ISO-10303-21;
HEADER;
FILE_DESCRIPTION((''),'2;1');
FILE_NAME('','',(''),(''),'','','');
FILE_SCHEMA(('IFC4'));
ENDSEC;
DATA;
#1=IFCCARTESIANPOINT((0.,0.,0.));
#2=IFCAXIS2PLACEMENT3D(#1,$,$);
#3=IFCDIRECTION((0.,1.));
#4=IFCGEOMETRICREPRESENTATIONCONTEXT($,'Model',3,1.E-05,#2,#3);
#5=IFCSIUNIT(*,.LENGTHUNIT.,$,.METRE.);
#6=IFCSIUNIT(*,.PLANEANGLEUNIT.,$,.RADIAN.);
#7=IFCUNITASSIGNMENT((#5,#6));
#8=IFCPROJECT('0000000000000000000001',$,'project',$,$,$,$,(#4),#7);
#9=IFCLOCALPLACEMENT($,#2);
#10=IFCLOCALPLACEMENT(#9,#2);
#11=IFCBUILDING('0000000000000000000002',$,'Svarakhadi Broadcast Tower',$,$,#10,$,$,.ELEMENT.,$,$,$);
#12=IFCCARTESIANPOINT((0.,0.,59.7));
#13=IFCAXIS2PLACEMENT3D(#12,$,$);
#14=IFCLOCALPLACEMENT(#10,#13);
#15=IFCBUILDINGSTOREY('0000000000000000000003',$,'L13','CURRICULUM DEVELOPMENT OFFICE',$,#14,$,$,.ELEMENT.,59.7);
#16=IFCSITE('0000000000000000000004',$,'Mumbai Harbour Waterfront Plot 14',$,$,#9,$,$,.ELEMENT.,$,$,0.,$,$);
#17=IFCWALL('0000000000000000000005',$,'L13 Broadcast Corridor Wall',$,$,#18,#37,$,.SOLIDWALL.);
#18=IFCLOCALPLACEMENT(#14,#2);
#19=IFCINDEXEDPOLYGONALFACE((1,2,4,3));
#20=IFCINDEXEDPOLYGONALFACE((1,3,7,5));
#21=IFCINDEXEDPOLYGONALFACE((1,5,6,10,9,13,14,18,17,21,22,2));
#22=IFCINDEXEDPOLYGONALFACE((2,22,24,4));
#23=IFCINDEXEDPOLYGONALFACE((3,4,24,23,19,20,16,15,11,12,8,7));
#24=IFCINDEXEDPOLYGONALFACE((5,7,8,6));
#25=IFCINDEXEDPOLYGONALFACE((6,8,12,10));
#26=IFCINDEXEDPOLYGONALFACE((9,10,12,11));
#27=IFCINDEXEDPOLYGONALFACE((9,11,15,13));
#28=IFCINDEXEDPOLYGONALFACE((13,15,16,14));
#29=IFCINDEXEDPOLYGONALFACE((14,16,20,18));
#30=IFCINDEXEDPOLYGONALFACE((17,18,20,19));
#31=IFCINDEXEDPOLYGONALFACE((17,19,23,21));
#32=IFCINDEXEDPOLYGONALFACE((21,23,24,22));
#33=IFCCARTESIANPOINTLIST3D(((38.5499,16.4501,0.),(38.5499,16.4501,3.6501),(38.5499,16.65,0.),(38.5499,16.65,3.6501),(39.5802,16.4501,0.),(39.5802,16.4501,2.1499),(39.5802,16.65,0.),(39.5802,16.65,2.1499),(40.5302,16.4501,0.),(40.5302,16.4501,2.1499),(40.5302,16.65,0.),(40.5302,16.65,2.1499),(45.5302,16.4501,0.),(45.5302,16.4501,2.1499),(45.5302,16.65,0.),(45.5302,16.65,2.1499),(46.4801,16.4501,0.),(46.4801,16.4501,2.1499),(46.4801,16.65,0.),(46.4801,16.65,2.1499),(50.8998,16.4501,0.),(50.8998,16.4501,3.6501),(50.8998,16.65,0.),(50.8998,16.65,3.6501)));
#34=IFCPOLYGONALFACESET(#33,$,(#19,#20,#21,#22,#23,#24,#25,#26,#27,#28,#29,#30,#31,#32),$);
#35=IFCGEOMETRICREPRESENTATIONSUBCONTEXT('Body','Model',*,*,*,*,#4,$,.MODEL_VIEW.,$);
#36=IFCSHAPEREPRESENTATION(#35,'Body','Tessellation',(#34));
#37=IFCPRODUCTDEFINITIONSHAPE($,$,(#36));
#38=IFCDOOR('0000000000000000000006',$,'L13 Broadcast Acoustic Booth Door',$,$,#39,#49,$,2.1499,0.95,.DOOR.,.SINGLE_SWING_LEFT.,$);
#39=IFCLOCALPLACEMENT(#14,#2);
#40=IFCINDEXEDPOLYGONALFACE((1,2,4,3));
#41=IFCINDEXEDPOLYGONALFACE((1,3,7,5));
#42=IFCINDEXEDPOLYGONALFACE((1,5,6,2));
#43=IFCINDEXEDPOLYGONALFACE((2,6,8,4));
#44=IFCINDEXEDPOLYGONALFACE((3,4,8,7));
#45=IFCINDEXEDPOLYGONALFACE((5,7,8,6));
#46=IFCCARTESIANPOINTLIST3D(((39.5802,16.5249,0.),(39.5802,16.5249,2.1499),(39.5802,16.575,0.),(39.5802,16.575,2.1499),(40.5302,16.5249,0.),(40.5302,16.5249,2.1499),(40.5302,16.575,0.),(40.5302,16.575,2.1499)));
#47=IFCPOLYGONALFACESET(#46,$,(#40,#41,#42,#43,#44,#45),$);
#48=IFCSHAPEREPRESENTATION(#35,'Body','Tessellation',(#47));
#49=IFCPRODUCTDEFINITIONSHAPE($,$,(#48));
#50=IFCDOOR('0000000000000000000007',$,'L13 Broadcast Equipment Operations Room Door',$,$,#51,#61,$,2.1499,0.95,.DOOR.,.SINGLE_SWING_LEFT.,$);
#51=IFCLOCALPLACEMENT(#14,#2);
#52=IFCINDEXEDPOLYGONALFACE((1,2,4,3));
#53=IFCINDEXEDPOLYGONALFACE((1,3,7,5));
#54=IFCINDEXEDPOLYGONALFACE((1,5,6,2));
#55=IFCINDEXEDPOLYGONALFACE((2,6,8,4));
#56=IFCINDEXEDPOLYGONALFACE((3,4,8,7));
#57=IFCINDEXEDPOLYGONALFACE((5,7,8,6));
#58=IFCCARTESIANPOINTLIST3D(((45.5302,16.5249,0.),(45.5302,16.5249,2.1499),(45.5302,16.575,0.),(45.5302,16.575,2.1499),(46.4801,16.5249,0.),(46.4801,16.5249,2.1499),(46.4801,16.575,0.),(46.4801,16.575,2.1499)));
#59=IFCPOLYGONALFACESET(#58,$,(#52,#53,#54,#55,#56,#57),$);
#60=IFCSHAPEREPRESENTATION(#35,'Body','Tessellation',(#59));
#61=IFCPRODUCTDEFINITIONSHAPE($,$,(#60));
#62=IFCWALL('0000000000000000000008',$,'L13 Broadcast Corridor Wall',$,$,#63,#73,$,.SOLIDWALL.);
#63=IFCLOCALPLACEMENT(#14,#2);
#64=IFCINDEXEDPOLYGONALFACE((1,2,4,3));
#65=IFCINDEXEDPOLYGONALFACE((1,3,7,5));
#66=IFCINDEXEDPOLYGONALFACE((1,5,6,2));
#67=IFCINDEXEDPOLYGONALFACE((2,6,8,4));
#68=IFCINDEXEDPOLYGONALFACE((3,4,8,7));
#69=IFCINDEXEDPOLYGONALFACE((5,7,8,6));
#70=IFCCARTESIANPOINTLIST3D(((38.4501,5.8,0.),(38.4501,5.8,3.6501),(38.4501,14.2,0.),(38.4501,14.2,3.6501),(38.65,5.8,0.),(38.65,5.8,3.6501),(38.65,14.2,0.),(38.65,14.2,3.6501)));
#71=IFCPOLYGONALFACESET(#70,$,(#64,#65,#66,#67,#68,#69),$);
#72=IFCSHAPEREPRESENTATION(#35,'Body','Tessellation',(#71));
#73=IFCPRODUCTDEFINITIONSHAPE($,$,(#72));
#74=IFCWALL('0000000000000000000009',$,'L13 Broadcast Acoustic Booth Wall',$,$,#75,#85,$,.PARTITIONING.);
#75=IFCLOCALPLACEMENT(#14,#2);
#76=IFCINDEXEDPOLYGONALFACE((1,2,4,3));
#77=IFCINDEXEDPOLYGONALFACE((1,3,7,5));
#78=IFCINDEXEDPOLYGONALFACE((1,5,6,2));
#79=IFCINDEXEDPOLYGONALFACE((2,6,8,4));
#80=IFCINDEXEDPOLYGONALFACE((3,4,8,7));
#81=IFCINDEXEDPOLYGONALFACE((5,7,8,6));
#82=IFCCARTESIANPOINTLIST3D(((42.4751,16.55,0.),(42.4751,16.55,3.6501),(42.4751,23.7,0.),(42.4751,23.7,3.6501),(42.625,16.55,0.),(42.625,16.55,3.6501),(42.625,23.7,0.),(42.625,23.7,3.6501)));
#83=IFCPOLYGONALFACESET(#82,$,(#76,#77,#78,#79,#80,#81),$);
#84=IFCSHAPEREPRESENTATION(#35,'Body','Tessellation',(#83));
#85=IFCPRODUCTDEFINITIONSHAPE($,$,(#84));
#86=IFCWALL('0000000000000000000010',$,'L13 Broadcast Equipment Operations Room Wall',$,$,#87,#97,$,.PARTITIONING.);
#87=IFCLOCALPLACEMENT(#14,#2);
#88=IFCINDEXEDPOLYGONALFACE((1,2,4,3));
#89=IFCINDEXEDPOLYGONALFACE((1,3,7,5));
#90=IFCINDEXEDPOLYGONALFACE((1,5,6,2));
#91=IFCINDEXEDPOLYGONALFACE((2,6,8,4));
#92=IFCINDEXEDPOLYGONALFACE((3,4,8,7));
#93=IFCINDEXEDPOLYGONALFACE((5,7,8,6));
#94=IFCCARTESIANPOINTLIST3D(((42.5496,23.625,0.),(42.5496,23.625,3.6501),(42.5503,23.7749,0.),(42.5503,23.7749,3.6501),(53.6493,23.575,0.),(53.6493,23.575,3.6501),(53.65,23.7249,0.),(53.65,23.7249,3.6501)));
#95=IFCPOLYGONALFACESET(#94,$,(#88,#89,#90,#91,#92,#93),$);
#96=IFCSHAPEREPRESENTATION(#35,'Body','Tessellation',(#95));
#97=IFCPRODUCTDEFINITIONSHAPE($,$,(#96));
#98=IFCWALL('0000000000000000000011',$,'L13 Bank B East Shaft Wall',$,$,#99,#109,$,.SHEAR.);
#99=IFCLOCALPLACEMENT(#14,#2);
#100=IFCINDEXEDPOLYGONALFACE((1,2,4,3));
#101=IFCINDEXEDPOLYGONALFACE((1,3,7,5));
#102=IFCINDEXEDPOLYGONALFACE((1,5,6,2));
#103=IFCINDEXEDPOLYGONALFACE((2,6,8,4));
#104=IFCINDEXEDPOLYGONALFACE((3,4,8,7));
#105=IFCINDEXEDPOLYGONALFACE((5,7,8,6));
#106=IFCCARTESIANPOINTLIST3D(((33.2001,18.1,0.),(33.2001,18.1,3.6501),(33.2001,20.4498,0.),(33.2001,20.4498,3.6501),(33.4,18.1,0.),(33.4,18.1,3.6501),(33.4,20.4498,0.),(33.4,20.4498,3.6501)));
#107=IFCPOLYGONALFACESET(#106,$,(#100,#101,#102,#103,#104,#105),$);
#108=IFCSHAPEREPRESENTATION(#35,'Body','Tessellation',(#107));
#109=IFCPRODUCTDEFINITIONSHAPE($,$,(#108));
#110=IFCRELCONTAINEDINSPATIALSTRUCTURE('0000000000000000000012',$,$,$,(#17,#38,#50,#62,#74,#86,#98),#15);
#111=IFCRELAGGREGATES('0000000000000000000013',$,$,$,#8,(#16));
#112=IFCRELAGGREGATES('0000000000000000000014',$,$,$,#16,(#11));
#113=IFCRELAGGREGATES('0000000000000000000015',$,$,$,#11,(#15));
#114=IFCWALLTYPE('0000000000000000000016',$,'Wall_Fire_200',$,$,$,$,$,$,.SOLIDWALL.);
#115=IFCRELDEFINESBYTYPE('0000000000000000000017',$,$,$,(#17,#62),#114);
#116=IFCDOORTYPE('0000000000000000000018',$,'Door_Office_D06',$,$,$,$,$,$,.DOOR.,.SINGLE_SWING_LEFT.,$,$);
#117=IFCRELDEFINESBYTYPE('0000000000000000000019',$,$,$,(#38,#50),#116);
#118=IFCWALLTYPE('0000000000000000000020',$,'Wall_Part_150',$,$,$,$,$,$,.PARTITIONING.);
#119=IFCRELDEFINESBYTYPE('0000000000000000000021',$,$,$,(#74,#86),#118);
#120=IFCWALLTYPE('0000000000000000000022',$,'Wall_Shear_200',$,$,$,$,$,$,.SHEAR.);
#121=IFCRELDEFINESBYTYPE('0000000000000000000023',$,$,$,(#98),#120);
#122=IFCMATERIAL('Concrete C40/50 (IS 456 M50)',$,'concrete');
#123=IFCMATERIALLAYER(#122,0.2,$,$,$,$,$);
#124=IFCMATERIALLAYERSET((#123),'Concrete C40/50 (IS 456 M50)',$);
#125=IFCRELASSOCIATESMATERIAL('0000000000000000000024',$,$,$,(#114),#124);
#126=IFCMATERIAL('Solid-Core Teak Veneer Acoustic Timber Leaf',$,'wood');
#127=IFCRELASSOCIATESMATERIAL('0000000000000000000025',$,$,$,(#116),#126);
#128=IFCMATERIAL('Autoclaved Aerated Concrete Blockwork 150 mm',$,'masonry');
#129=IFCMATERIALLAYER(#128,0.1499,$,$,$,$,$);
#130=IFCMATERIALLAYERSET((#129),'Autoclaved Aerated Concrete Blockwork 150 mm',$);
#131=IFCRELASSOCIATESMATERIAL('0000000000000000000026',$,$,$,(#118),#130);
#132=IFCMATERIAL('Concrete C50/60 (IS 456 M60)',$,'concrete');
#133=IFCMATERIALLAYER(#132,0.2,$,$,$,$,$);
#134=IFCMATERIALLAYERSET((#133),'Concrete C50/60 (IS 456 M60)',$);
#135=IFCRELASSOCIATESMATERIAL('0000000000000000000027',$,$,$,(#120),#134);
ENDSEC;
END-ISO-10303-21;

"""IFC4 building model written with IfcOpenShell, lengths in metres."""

from ifc_helpers import new_model, si_unit, direction, frame, frame_2d, origin, place, context, subcontext, project, spatial, rectangle, extrude, material, layer, layer_set, type_object, element, fill, save


model = new_model("IFC4")

# Units and contexts
model_context = context("Model", 3, precision=1e-05, world=origin(), true_north=direction((0.0, 1.0)))
body_context = subcontext(model_context, "Body", "Model", "MODEL_VIEW")
ifc_project = project(units=[si_unit("LENGTHUNIT", "METRE"), si_unit("PLANEANGLEUNIT", "RADIAN")], contexts=[model_context])

# Site, building, storey
site_placement = place(None, origin())
site = spatial("IfcSite", under=ifc_project, at=site_placement, Name="Mumbai Harbour Waterfront Plot 14", CompositionType="ELEMENT", RefElevation=0.0)
building_placement = place(site_placement, origin())
building = spatial("IfcBuilding", under=site, at=building_placement, Name="Svarakhadi Broadcast Tower", CompositionType="ELEMENT")
storey_placement = place(building_placement, frame((0.0, 0.0, 59.7)))
storey = spatial("IfcBuildingStorey", under=building, at=storey_placement, Name="L13", Description="CURRICULUM DEVELOPMENT OFFICE", CompositionType="ELEMENT", Elevation=59.7)

# Shared definitions
ifc_material_1 = material(Name="Concrete C40/50 (IS 456 M50)", Category="concrete")
ifc_layer_1 = layer(ifc_material_1, 0.2)
ifc_layer_set_1 = layer_set([ifc_layer_1], Name="Concrete C40/50 (IS 456 M50)")
wall_type_1 = type_object("IfcWallType", Name="Wall_Fire_200", PredefinedType="SOLIDWALL", material=ifc_layer_set_1)

# Wall, openings, doors
wall_1_placement = place(storey_placement, frame((38.55, 16.55, 0.0), z_axis=(0.0, 0.0, 1.0), x_axis=(1.0, 0.0, 0.0)))
wall_1 = element("IfcWall", 1, at=wall_1_placement, inside=storey, type_object=wall_type_1, Name="L13 Broadcast Corridor Wall", PredefinedType="SOLIDWALL", context=body_context, shape_type="SweptSolid", body=[
    extrude(rectangle(XDim=12.3499, YDim=0.2, at=frame_2d((6.1748, 0.0))), origin(), (0.0, 0.0, 1.0), 3.6501),
])
opening_1_placement = place(wall_1_placement, frame((1.03, 0.0, 0.0)))
opening_1 = element("IfcOpeningElement", 2, at=opening_1_placement, cuts=wall_1, PredefinedType="OPENING", context=body_context, shape_type="SweptSolid", body=[
    extrude(rectangle(XDim=0.95, YDim=2.1499, at=frame_2d((0.4751, 1.075))), frame((0.0, 0.1099, 0.0), z_axis=(0.0, -1.0, 0.0), x_axis=(1.0, 0.0, 0.0)), (0.0, 0.0, 1.0), 0.22),
])
opening_2_placement = place(wall_1_placement, frame((6.98, 0.0, 0.0)))
opening_2 = element("IfcOpeningElement", 3, at=opening_2_placement, cuts=wall_1, PredefinedType="OPENING", context=body_context, shape_type="SweptSolid", body=[
    extrude(rectangle(XDim=0.95, YDim=2.1499, at=frame_2d((0.4751, 1.075))), frame((0.0, 0.1099, 0.0), z_axis=(0.0, -1.0, 0.0), x_axis=(1.0, 0.0, 0.0)), (0.0, 0.0, 1.0), 0.22),
])
ifc_material_2 = material(Name="Solid-Core Teak Veneer Acoustic Timber Leaf", Category="wood")
door_type_1 = type_object("IfcDoorType", Name="Door_Office_D06", OperationType="SINGLE_SWING_LEFT", PredefinedType="DOOR", material=ifc_material_2)
door_1_placement = place(opening_1_placement, origin())
door_1 = element("IfcDoor", 4, at=door_1_placement, inside=storey, type_object=door_type_1, Name="L13 Broadcast Acoustic Booth Door", OperationType="SINGLE_SWING_LEFT", OverallHeight=2.1499, OverallWidth=0.95, PredefinedType="DOOR", context=body_context, shape_type="SweptSolid", body=[
    extrude(rectangle(XDim=0.95, YDim=2.1499, at=frame_2d((0.4751, 1.075))), frame((0.0, 0.0249, 0.0), z_axis=(0.0, -1.0, 0.0), x_axis=(1.0, 0.0, 0.0)), (0.0, 0.0, 1.0), 0.05),
])
fill(opening_1, door_1)
door_2_placement = place(opening_2_placement, origin())
door_2 = element("IfcDoor", 5, at=door_2_placement, inside=storey, type_object=door_type_1, Name="L13 Broadcast Equipment Operations Room Door", OperationType="SINGLE_SWING_LEFT", OverallHeight=2.1499, OverallWidth=0.95, PredefinedType="DOOR", context=body_context, shape_type="SweptSolid", body=[
    extrude(rectangle(XDim=0.95, YDim=2.1499, at=frame_2d((0.4751, 1.075))), frame((0.0, 0.0249, 0.0), z_axis=(0.0, -1.0, 0.0), x_axis=(1.0, 0.0, 0.0)), (0.0, 0.0, 1.0), 0.05),
])
fill(opening_2, door_2)

# Walls
wall_2_placement = place(storey_placement, frame((38.55, 14.2, 0.0), z_axis=(0.0, 0.0, 1.0), x_axis=(0.0, -1.0, 0.0)))
element("IfcWall", 6, at=wall_2_placement, inside=storey, type_object=wall_type_1, Name="L13 Broadcast Corridor Wall", PredefinedType="SOLIDWALL", context=body_context, shape_type="SweptSolid", body=[
    extrude(rectangle(XDim=8.3999, YDim=0.2, at=frame_2d((4.2, 0.0))), origin(), (0.0, 0.0, 1.0), 3.6501),
])
ifc_material_3 = material(Name="Autoclaved Aerated Concrete Blockwork 150 mm", Category="masonry")
ifc_layer_2 = layer(ifc_material_3, 0.1499)
ifc_layer_set_2 = layer_set([ifc_layer_2], Name="Autoclaved Aerated Concrete Blockwork 150 mm")
wall_type_2 = type_object("IfcWallType", Name="Wall_Part_150", PredefinedType="PARTITIONING", material=ifc_layer_set_2)
wall_3_placement = place(storey_placement, frame((42.55, 16.55, 0.0), z_axis=(0.0, 0.0, 1.0), x_axis=(0.0, 1.0, 0.0)))
element("IfcWall", 7, at=wall_3_placement, inside=storey, type_object=wall_type_2, Name="L13 Broadcast Acoustic Booth Wall", PredefinedType="PARTITIONING", context=body_context, shape_type="SweptSolid", body=[
    extrude(rectangle(XDim=7.1499, YDim=0.1499, at=frame_2d((3.575, 0.0))), origin(), (0.0, 0.0, 1.0), 3.6501),
])
wall_4_placement = place(storey_placement, frame((42.55, 23.7, 0.0), z_axis=(0.0, 0.0, 1.0), x_axis=(0.99999, -0.004509, 0.0)))
element("IfcWall", 8, at=wall_4_placement, inside=storey, type_object=wall_type_2, Name="L13 Broadcast Equipment Operations Room Wall", PredefinedType="PARTITIONING", context=body_context, shape_type="SweptSolid", body=[
    extrude(rectangle(XDim=11.0999, YDim=0.1499, at=frame_2d((5.5498, 0.0))), origin(), (0.0, 0.0, 1.0), 3.6501),
])
ifc_material_4 = material(Name="Concrete C50/60 (IS 456 M60)", Category="concrete")
ifc_layer_3 = layer(ifc_material_4, 0.2)
ifc_layer_set_3 = layer_set([ifc_layer_3], Name="Concrete C50/60 (IS 456 M60)")
wall_type_3 = type_object("IfcWallType", Name="Wall_Shear_200", PredefinedType="SHEAR", material=ifc_layer_set_3)
wall_5_placement = place(storey_placement, frame((33.3, 18.1001, 0.0), z_axis=(0.0, 0.0, 1.0), x_axis=(0.0, 1.0, 0.0)))
element("IfcWall", 9, at=wall_5_placement, inside=storey, type_object=wall_type_3, Name="L13 Bank B East Shaft Wall", PredefinedType="SHEAR", context=body_context, shape_type="SweptSolid", body=[
    extrude(rectangle(XDim=2.3499, YDim=0.2, at=frame_2d((1.1748, 0.0))), origin(), (0.0, 0.0, 1.0), 3.6501),
])

save(model, "model.ifc")
